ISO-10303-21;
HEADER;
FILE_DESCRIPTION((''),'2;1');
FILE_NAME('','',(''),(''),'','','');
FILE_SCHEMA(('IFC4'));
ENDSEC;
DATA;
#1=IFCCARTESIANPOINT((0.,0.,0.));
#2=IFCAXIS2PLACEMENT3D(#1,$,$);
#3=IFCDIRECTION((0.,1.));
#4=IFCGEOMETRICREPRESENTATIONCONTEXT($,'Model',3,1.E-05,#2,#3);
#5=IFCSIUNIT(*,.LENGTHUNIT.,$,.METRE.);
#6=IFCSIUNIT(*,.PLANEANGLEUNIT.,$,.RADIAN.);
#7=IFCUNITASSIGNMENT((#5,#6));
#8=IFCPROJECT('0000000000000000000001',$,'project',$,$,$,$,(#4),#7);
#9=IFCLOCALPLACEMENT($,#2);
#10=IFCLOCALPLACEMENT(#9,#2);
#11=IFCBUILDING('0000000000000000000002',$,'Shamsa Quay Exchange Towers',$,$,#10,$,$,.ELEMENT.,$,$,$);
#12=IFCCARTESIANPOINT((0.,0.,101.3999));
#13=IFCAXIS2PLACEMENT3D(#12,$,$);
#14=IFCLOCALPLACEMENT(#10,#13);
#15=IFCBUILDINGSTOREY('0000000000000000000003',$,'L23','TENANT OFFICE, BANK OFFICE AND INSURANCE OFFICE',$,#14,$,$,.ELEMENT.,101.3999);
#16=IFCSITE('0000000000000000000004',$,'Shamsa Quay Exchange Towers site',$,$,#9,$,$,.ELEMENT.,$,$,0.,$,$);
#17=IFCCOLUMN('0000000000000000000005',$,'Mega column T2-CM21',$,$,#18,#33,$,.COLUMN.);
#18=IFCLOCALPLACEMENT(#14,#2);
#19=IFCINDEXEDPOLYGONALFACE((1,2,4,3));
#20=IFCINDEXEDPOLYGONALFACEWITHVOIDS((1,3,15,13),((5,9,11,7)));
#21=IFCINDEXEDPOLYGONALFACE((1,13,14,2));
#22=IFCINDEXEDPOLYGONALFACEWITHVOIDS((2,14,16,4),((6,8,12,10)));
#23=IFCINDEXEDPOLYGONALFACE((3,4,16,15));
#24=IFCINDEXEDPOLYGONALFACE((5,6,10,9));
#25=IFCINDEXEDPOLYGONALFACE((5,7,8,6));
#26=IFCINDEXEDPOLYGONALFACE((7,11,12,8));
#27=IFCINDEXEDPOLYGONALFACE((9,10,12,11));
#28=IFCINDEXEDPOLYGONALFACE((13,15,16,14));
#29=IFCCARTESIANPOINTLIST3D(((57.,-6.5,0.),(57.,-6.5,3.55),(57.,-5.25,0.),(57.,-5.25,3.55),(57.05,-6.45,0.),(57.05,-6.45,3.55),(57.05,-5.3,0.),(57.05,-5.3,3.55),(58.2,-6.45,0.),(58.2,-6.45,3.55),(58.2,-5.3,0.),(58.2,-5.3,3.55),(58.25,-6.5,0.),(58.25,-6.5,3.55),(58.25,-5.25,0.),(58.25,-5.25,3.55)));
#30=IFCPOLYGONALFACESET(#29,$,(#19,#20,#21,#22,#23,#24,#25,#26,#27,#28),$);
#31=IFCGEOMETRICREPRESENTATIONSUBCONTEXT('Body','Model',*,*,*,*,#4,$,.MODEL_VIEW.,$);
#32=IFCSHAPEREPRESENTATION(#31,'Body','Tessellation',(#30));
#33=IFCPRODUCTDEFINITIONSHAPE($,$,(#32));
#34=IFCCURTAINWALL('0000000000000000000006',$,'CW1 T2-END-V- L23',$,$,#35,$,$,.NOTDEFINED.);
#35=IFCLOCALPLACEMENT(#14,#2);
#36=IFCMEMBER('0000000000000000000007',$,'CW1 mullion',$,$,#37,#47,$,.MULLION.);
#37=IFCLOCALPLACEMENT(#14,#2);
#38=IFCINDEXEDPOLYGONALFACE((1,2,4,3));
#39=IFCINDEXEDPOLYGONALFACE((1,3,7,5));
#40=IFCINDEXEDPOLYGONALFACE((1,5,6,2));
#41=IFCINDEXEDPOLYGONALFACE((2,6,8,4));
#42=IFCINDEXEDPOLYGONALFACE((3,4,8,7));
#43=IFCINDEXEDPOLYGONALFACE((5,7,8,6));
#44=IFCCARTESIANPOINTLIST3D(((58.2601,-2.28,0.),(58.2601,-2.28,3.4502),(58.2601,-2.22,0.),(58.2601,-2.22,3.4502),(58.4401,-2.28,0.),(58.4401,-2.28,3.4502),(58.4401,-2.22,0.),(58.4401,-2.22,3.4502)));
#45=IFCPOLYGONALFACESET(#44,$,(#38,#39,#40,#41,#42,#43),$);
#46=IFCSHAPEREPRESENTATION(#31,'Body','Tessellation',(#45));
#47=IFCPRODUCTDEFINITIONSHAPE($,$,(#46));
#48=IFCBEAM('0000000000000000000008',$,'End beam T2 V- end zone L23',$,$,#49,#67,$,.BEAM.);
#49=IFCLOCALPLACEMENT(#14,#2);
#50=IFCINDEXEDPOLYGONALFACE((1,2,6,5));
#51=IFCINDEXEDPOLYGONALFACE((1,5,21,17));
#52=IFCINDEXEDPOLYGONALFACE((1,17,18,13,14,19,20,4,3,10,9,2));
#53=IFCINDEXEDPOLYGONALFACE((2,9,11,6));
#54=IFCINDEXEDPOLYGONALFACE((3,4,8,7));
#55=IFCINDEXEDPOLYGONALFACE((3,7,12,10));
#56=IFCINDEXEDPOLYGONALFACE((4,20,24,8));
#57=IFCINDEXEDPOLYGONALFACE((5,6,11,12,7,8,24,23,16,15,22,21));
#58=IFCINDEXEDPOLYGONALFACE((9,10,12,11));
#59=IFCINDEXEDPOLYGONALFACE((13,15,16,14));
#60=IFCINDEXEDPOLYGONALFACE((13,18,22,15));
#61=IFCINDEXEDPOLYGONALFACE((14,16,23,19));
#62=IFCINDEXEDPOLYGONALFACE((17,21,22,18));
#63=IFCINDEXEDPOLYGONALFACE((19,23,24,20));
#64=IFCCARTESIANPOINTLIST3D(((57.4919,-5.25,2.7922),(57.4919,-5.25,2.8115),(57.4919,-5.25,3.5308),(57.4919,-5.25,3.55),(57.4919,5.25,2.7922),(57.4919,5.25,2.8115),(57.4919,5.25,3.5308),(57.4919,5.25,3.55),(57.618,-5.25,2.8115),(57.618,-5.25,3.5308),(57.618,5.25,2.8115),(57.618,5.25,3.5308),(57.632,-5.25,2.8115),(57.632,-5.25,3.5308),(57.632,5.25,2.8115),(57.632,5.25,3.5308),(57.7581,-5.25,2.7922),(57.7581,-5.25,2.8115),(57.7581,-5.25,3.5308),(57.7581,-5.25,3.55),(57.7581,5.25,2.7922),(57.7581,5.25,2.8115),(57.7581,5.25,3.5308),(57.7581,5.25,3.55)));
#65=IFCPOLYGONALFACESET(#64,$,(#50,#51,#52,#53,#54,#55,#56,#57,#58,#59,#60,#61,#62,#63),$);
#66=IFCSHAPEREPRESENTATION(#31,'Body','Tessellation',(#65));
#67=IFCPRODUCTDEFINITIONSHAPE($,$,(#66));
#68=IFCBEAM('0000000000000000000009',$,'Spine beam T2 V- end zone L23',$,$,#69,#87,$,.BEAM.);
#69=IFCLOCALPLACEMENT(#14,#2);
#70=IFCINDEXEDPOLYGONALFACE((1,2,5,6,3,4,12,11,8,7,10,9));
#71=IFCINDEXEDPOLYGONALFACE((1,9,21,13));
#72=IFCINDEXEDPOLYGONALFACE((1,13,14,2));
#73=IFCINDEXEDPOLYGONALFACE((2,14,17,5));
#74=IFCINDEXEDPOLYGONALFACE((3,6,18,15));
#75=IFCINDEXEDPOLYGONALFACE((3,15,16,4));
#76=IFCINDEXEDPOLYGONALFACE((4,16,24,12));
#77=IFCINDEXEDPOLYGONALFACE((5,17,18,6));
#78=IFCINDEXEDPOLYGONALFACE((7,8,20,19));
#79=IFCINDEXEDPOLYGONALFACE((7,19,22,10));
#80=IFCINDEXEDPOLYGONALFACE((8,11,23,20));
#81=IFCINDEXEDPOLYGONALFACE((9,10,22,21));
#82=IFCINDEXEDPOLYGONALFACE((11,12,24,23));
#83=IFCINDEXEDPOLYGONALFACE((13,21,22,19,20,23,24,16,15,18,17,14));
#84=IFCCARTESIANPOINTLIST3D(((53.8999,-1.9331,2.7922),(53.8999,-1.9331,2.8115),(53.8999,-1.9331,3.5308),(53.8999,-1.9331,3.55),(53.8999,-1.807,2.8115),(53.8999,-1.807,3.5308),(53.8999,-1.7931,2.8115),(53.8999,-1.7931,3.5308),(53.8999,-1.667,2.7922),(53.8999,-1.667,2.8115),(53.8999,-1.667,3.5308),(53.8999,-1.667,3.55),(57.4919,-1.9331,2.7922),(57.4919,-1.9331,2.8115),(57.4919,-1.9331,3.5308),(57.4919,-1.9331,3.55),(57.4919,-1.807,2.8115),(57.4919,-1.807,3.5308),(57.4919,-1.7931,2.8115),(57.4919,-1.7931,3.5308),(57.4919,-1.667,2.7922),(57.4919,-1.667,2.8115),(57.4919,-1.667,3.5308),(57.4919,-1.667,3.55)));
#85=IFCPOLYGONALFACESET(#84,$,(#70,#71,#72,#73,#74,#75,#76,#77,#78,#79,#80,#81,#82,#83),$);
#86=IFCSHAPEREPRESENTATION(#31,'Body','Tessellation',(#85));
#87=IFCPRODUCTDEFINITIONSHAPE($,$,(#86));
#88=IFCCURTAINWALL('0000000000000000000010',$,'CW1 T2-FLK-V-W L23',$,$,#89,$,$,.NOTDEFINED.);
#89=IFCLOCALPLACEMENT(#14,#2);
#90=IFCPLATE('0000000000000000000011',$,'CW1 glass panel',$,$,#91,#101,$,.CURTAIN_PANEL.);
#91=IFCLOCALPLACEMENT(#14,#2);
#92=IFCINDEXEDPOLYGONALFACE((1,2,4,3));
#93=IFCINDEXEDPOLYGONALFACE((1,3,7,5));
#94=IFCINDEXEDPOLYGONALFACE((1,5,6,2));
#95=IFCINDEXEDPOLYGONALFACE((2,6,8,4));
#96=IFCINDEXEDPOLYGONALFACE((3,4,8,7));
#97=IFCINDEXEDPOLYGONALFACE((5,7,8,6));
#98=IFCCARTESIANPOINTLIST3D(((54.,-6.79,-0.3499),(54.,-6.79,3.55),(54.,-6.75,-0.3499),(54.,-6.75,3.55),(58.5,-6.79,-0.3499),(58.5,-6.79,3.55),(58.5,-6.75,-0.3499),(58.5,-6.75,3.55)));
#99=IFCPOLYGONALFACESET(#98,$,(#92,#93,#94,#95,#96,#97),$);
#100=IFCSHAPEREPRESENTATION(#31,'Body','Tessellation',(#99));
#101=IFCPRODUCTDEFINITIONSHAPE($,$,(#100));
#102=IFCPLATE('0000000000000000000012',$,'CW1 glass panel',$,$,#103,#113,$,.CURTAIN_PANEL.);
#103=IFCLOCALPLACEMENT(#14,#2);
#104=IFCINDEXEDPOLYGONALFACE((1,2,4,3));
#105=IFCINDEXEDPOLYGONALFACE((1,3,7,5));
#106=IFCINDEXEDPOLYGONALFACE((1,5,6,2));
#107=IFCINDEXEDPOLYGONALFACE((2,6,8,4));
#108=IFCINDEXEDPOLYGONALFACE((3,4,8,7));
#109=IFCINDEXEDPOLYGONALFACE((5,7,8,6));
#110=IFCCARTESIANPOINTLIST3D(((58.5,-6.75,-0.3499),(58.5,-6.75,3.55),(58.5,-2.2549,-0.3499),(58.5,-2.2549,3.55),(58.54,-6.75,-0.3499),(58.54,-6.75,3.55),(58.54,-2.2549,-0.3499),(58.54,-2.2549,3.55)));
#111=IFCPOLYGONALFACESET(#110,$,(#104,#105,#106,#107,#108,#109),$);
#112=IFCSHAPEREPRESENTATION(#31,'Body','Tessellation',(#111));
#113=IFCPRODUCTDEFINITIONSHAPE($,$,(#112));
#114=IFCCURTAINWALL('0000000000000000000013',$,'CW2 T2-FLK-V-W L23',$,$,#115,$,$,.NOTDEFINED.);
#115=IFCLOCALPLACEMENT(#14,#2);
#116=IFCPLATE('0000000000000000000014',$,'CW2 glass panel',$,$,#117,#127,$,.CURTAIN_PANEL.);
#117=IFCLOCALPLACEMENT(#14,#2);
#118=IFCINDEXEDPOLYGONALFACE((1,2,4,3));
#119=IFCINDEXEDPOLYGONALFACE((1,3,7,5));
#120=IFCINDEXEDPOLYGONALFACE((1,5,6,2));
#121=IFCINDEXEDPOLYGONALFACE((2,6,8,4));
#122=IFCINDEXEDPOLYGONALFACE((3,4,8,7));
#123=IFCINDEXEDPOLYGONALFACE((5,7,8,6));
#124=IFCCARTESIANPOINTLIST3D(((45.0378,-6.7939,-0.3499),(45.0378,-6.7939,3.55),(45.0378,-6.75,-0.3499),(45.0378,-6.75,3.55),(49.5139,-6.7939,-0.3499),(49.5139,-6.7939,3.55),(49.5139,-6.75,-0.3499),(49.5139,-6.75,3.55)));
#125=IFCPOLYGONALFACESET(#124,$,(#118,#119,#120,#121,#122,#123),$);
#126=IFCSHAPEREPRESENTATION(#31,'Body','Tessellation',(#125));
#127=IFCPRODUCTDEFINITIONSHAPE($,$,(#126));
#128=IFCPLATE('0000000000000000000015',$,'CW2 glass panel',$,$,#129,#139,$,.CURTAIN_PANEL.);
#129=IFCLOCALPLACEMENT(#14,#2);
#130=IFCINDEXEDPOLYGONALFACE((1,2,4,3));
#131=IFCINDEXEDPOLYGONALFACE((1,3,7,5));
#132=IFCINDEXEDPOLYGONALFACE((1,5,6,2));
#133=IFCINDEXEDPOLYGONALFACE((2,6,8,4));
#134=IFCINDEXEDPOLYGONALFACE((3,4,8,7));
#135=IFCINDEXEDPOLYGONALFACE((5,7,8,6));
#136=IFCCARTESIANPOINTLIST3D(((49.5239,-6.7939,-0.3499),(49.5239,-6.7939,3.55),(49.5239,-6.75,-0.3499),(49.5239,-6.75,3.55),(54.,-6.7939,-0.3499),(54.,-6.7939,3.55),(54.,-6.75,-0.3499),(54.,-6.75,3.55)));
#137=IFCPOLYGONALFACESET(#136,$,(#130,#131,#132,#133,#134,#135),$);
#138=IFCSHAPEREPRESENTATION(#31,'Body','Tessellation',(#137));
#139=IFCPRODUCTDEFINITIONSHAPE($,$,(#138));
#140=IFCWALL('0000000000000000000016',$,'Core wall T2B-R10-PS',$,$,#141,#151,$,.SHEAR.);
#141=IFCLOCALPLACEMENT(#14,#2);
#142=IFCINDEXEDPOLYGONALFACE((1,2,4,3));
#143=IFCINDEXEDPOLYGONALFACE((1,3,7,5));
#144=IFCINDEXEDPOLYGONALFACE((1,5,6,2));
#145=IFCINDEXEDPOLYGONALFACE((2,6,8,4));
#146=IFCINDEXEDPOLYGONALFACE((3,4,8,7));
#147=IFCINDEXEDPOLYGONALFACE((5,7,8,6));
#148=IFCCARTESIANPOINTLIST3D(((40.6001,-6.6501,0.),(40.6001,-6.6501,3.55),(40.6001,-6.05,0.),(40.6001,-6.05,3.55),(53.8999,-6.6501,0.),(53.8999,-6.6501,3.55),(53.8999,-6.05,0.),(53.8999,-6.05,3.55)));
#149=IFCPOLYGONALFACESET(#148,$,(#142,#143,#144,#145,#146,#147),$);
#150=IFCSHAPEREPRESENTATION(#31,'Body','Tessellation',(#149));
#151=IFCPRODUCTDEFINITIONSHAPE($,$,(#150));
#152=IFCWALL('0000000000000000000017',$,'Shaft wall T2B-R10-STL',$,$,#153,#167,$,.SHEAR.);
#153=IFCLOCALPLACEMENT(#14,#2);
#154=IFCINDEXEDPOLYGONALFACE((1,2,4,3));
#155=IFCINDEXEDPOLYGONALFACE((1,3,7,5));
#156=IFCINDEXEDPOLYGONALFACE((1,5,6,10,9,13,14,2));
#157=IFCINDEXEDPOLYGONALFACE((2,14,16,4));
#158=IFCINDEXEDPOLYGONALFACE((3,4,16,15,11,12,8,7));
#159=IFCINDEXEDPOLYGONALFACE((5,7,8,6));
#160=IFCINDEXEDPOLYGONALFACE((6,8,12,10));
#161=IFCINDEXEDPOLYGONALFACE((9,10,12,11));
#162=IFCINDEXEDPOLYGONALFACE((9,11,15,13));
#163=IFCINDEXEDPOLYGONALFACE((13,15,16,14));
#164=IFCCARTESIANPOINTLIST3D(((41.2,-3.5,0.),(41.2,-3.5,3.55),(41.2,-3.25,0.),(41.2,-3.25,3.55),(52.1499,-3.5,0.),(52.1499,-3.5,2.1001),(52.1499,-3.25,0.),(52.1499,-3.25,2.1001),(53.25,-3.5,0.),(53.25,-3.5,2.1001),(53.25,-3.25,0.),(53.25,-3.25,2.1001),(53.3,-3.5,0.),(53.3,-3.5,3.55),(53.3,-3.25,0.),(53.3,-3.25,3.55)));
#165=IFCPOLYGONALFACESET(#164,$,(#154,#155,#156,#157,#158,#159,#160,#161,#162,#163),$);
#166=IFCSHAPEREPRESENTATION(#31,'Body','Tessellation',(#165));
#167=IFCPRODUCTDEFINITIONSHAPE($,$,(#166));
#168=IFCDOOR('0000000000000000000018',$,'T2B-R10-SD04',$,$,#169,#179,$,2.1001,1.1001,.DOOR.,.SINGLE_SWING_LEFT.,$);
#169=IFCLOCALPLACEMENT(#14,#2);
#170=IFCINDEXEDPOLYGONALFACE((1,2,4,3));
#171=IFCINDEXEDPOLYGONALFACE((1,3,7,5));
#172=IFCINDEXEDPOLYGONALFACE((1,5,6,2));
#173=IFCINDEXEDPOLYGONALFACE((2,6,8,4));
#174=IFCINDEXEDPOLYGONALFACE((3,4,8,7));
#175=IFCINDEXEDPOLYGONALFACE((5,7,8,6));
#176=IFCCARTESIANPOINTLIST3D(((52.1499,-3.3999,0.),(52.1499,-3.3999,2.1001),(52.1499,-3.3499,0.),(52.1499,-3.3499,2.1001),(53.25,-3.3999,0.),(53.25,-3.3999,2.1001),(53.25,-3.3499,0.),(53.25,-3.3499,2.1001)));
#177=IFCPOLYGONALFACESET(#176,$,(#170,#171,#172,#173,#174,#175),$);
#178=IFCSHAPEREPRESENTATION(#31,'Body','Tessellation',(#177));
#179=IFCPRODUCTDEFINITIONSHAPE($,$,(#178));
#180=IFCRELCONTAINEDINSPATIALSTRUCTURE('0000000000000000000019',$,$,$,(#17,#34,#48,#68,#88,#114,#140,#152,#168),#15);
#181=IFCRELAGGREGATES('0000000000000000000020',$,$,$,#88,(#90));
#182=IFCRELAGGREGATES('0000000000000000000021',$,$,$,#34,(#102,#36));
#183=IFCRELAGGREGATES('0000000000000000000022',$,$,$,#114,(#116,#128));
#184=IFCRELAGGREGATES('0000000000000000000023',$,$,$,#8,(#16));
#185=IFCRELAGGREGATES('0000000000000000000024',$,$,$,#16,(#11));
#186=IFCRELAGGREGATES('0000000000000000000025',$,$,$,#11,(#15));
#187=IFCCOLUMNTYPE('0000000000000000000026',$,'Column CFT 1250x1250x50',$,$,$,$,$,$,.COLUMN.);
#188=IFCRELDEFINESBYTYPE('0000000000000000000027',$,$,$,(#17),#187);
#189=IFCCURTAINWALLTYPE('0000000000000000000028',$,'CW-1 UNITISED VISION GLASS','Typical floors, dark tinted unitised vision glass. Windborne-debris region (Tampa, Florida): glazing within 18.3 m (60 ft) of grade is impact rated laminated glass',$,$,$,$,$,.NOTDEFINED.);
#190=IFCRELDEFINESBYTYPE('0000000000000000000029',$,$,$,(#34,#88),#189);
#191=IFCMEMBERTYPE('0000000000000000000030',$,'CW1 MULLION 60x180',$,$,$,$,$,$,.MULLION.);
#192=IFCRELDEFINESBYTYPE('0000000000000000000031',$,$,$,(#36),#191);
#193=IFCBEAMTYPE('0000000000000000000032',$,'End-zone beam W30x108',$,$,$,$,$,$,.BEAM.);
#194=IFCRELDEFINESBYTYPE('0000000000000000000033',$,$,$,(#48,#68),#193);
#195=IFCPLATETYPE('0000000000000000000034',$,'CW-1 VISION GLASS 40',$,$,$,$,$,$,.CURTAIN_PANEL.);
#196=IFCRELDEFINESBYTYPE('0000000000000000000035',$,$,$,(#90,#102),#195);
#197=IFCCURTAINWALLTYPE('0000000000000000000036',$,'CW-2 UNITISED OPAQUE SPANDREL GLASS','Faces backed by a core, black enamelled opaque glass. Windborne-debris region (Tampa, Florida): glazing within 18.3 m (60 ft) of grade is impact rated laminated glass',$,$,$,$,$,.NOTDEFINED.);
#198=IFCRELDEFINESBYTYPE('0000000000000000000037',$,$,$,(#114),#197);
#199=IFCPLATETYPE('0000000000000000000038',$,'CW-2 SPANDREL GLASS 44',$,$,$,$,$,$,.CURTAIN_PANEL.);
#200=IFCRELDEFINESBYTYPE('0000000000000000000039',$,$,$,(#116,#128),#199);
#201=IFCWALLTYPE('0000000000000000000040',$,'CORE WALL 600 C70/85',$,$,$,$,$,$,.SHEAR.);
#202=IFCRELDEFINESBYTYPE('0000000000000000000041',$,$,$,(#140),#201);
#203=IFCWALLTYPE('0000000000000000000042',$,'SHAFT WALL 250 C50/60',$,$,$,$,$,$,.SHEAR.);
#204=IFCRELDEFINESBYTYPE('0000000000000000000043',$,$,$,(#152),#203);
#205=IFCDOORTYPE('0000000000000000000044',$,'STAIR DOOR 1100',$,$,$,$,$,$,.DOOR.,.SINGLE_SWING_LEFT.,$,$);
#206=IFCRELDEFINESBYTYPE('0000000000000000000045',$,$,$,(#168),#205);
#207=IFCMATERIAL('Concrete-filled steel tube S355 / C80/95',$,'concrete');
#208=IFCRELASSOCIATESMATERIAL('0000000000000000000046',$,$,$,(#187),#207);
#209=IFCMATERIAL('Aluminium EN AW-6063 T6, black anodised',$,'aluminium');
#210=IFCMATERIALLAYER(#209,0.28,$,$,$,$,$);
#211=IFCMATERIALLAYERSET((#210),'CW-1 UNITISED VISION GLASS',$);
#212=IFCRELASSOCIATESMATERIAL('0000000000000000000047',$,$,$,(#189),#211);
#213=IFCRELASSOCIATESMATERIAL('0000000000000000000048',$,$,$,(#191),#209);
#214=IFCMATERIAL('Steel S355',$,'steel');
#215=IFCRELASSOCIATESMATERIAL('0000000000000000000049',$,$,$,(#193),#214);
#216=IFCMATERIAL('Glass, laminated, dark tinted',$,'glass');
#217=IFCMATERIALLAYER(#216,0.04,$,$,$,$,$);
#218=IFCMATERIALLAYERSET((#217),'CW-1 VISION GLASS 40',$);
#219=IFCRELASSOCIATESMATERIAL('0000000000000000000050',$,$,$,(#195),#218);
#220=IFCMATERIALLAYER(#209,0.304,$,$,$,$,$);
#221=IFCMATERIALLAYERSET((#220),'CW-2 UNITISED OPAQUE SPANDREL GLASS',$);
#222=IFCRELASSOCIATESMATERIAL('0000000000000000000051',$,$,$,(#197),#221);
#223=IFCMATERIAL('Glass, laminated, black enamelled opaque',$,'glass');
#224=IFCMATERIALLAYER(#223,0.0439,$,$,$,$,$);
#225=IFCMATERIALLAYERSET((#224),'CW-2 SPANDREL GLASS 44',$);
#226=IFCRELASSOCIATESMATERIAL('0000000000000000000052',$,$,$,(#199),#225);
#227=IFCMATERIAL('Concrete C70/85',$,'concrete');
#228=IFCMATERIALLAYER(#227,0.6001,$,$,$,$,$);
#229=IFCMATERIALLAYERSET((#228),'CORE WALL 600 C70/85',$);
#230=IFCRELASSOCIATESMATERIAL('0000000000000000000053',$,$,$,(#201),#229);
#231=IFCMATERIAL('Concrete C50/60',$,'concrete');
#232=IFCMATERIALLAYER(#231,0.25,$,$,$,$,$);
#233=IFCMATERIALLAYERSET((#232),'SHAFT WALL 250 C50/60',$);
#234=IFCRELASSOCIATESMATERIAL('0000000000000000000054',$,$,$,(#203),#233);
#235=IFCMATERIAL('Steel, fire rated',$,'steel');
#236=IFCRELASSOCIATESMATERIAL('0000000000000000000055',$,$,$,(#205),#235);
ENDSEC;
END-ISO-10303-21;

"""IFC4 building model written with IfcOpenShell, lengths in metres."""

from ifc_helpers import new_model, si_unit, direction, frame, frame_2d, origin, origin_2d, place, context, subcontext, project, spatial, rectangle, hollow_rectangle, i_section, extrude, material, layer, layer_set, material_profile, profile_set, type_object, element, fill, aggregate, save


model = new_model("IFC4")

# Units and contexts
model_context = context("Model", 3, precision=1e-05, world=origin(), true_north=direction((0.0, 1.0)))
body_context = subcontext(model_context, "Body", "Model", "MODEL_VIEW")
ifc_project = project(units=[si_unit("LENGTHUNIT", "METRE"), si_unit("PLANEANGLEUNIT", "RADIAN")], contexts=[model_context])

# Site, building, storey
site_placement = place(None, origin())
site = spatial("IfcSite", under=ifc_project, at=site_placement, Name="Shamsa Quay Exchange Towers site", CompositionType="ELEMENT", RefElevation=0.0)
building_placement = place(site_placement, origin())
building = spatial("IfcBuilding", under=site, at=building_placement, Name="Shamsa Quay Exchange Towers", CompositionType="ELEMENT")
storey_placement = place(building_placement, frame((0.0, 0.0, 101.3999)))
storey = spatial("IfcBuildingStorey", under=building, at=storey_placement, Name="L23", Description="TENANT OFFICE, BANK OFFICE AND INSURANCE OFFICE", CompositionType="ELEMENT", Elevation=101.3999)

# Column
ifc_material_1 = material(Name="Concrete-filled steel tube S355 / C80/95", Category="concrete")
ifc_material_profile_1 = material_profile(ifc_material_1, hollow_rectangle(XDim=1.25, YDim=1.25, WallThickness=0.05, at=origin_2d()), Name="CFT 1250x1250x50")
ifc_profile_set_1 = profile_set([ifc_material_profile_1], Name="Concrete-filled steel tube S355 / C80/95")
column_type = type_object("IfcColumnType", Name="Column CFT 1250x1250x50", PredefinedType="COLUMN", material=ifc_profile_set_1)
column_placement = place(storey_placement, frame((57.625, -5.875, 0.0)))
element("IfcColumn", 1, at=column_placement, inside=storey, type_object=column_type, Name="Mega column T2-CM21", PredefinedType="COLUMN", context=body_context, shape_type="SweptSolid", body=[
    extrude(hollow_rectangle(XDim=1.25, YDim=1.25, WallThickness=0.05, at=origin_2d()), origin(), (0.0, 0.0, 1.0), 3.55),
])

# Curtain wall, member
ifc_material_2 = material(Name="Aluminium EN AW-6063 T6, black anodised", Category="aluminium")
ifc_layer_1 = layer(ifc_material_2, 0.28)
ifc_layer_set_1 = layer_set([ifc_layer_1], Name="CW-1 UNITISED VISION GLASS")
curtain_wall_type_1 = type_object("IfcCurtainWallType", Name="CW-1 UNITISED VISION GLASS", Description="Typical floors, dark tinted unitised vision glass. Windborne-debris region (Tampa, Florida): glazing within 18.3 m (60 ft) of grade is impact rated laminated glass", PredefinedType="NOTDEFINED", material=ifc_layer_set_1)
curtain_wall_1_placement = place(storey_placement, origin())
curtain_wall_1 = element("IfcCurtainWall", 2, at=curtain_wall_1_placement, inside=storey, type_object=curtain_wall_type_1, Name="CW1 T2-END-V- L23", PredefinedType="NOTDEFINED")
ifc_material_profile_2 = material_profile(ifc_material_2, rectangle(XDim=0.1799, YDim=0.0601, at=origin_2d()), Name="MU60x180")
ifc_profile_set_2 = profile_set([ifc_material_profile_2], Name="Aluminium EN AW-6063 T6, black anodised")
member_type = type_object("IfcMemberType", Name="CW1 MULLION 60x180", PredefinedType="MULLION", material=ifc_profile_set_2)
member_placement = place(storey_placement, frame((58.3501, -2.25, 0.0), z_axis=(0.0, 0.0, 1.0), x_axis=(-1.0, 0.0, 0.0)))
member = element("IfcMember", 3, at=member_placement, type_object=member_type, Name="CW1 mullion", PredefinedType="MULLION", context=body_context, shape_type="SweptSolid", body=[
    extrude(rectangle(XDim=0.1799, YDim=0.0601, at=origin_2d()), origin(), (0.0, 0.0, 1.0), 3.4502),
])

# Beams
ifc_material_3 = material(Name="Steel S355", Category="steel")
ifc_material_profile_3 = material_profile(ifc_material_3, i_section(OverallWidth=0.2661, OverallDepth=0.7578, WebThickness=0.0139, FlangeThickness=0.0193, at=origin_2d()), Name="W30x108")
ifc_profile_set_3 = profile_set([ifc_material_profile_3], Name="Steel S355")
beam_type = type_object("IfcBeamType", Name="End-zone beam W30x108", PredefinedType="BEAM", material=ifc_profile_set_3)
beam_1_placement = place(storey_placement, frame((57.625, -5.25, 3.1711), z_axis=(0.0, 1.0, 0.0), x_axis=(-1.0, 0.0, 0.0)))
element("IfcBeam", 4, at=beam_1_placement, inside=storey, type_object=beam_type, Name="End beam T2 V- end zone L23", PredefinedType="BEAM", context=body_context, shape_type="SweptSolid", body=[
    extrude(i_section(OverallWidth=0.2661, OverallDepth=0.7578, WebThickness=0.0139, FlangeThickness=0.0193, at=origin_2d()), origin(), (0.0, 0.0, 1.0), 10.5),
])
beam_2_placement = place(storey_placement, frame((53.8999, -1.8, 3.1711), z_axis=(1.0, 0.0, 0.0), x_axis=(0.0, 1.0, 0.0)))
element("IfcBeam", 5, at=beam_2_placement, inside=storey, type_object=beam_type, Name="Spine beam T2 V- end zone L23", PredefinedType="BEAM", context=body_context, shape_type="SweptSolid", body=[
    extrude(i_section(OverallWidth=0.2661, OverallDepth=0.7578, WebThickness=0.0139, FlangeThickness=0.0193, at=origin_2d()), origin(), (0.0, 0.0, 1.0), 3.592),
])

# Curtain wall, plate
curtain_wall_2_placement = place(storey_placement, origin())
curtain_wall_2 = element("IfcCurtainWall", 6, at=curtain_wall_2_placement, inside=storey, type_object=curtain_wall_type_1, Name="CW1 T2-FLK-V-W L23", PredefinedType="NOTDEFINED")
ifc_material_4 = material(Name="Glass, laminated, dark tinted", Category="glass")
ifc_layer_2 = layer(ifc_material_4, 0.04)
ifc_layer_set_2 = layer_set([ifc_layer_2], Name="CW-1 VISION GLASS 40")
plate_type_1 = type_object("IfcPlateType", Name="CW-1 VISION GLASS 40", PredefinedType="CURTAIN_PANEL", material=ifc_layer_set_2)
plate_1_placement = place(storey_placement, frame((56.25, -6.77, -0.3499)))
plate_1 = element("IfcPlate", 7, at=plate_1_placement, type_object=plate_type_1, Name="CW1 glass panel", PredefinedType="CURTAIN_PANEL", context=body_context, shape_type="SweptSolid", body=[
    extrude(rectangle(XDim=4.5, YDim=0.04, at=origin_2d()), origin(), (0.0, 0.0, 1.0), 3.8999),
])
aggregate(curtain_wall_2, [plate_1])

# Plate
plate_2_placement = place(storey_placement, frame((58.52, -4.5024, -0.3499), z_axis=(0.0, 0.0, 1.0), x_axis=(0.0, 1.0, 0.0)))
plate_2 = element("IfcPlate", 8, at=plate_2_placement, type_object=plate_type_1, Name="CW1 glass panel", PredefinedType="CURTAIN_PANEL", context=body_context, shape_type="SweptSolid", body=[
    extrude(rectangle(XDim=4.4951, YDim=0.04, at=origin_2d()), origin(), (0.0, 0.0, 1.0), 3.8999),
])
aggregate(curtain_wall_1, [plate_2, member])

# Curtain wall, plates
ifc_layer_3 = layer(ifc_material_2, 0.304)
ifc_layer_set_3 = layer_set([ifc_layer_3], Name="CW-2 UNITISED OPAQUE SPANDREL GLASS")
curtain_wall_type_2 = type_object("IfcCurtainWallType", Name="CW-2 UNITISED OPAQUE SPANDREL GLASS", Description="Faces backed by a core, black enamelled opaque glass. Windborne-debris region (Tampa, Florida): glazing within 18.3 m (60 ft) of grade is impact rated laminated glass", PredefinedType="NOTDEFINED", material=ifc_layer_set_3)
curtain_wall_3_placement = place(storey_placement, origin())
curtain_wall_3 = element("IfcCurtainWall", 9, at=curtain_wall_3_placement, inside=storey, type_object=curtain_wall_type_2, Name="CW2 T2-FLK-V-W L23", PredefinedType="NOTDEFINED")
ifc_material_5 = material(Name="Glass, laminated, black enamelled opaque", Category="glass")
ifc_layer_4 = layer(ifc_material_5, 0.0439)
ifc_layer_set_4 = layer_set([ifc_layer_4], Name="CW-2 SPANDREL GLASS 44")
plate_type_2 = type_object("IfcPlateType", Name="CW-2 SPANDREL GLASS 44", PredefinedType="CURTAIN_PANEL", material=ifc_layer_set_4)
plate_3_placement = place(storey_placement, frame((47.2759, -6.772, -0.3499)))
plate_3 = element("IfcPlate", 10, at=plate_3_placement, type_object=plate_type_2, Name="CW2 glass panel", PredefinedType="CURTAIN_PANEL", context=body_context, shape_type="SweptSolid", body=[
    extrude(rectangle(XDim=4.4761, YDim=0.0439, at=origin_2d()), origin(), (0.0, 0.0, 1.0), 3.8999),
])
plate_4_placement = place(storey_placement, frame((51.762, -6.772, -0.3499)))
plate_4 = element("IfcPlate", 11, at=plate_4_placement, type_object=plate_type_2, Name="CW2 glass panel", PredefinedType="CURTAIN_PANEL", context=body_context, shape_type="SweptSolid", body=[
    extrude(rectangle(XDim=4.4761, YDim=0.0439, at=origin_2d()), origin(), (0.0, 0.0, 1.0), 3.8999),
])
aggregate(curtain_wall_3, [plate_3, plate_4])

# Wall
ifc_material_6 = material(Name="Concrete C70/85", Category="concrete")
ifc_layer_5 = layer(ifc_material_6, 0.6001)
ifc_layer_set_5 = layer_set([ifc_layer_5], Name="CORE WALL 600 C70/85")
wall_type_1 = type_object("IfcWallType", Name="CORE WALL 600 C70/85", PredefinedType="SHEAR", material=ifc_layer_set_5)
wall_1_placement = place(storey_placement, frame((53.8999, -6.3501, 0.0), z_axis=(0.0, 0.0, 1.0), x_axis=(-1.0, 0.0, 0.0)))
element("IfcWall", 12, at=wall_1_placement, inside=storey, type_object=wall_type_1, Name="Core wall T2B-R10-PS", PredefinedType="SHEAR", context=body_context, shape_type="SweptSolid", body=[
    extrude(rectangle(XDim=13.2998, YDim=0.6001, at=frame_2d((6.6499, 0.0))), origin(), (0.0, 0.0, 1.0), 3.55),
])

# Wall, opening, door
ifc_material_7 = material(Name="Steel, fire rated", Category="steel")
ifc_material_8 = material(Name="Concrete C50/60", Category="concrete")
ifc_layer_6 = layer(ifc_material_8, 0.25)
ifc_layer_set_6 = layer_set([ifc_layer_6], Name="SHAFT WALL 250 C50/60")
wall_type_2 = type_object("IfcWallType", Name="SHAFT WALL 250 C50/60", PredefinedType="SHEAR", material=ifc_layer_set_6)
wall_2_placement = place(storey_placement, frame((53.3, -3.375, 0.0), z_axis=(0.0, 0.0, 1.0), x_axis=(-1.0, 0.0, 0.0)))
wall_2 = element("IfcWall", 13, at=wall_2_placement, inside=storey, type_object=wall_type_2, Name="Shaft wall T2B-R10-STL", PredefinedType="SHEAR", context=body_context, shape_type="SweptSolid", body=[
    extrude(rectangle(XDim=12.1001, YDim=0.25, at=frame_2d((6.05, 0.0))), origin(), (0.0, 0.0, 1.0), 3.55),
])
opening_1_placement = place(wall_2_placement, frame((0.05, 0.0, 0.0)))
opening_1 = element("IfcOpeningElement", 14, at=opening_1_placement, cuts=wall_2, PredefinedType="OPENING", context=body_context, shape_type="SweptSolid", body=[
    extrude(rectangle(XDim=1.1001, YDim=2.1001, at=frame_2d((0.55, 1.05))), frame((0.0, 0.135, 0.0), z_axis=(0.0, -1.0, 0.0), x_axis=(1.0, 0.0, 0.0)), (0.0, 0.0, 1.0), 0.27),
])
door_type_1 = type_object("IfcDoorType", Name="STAIR DOOR 1100", OperationType="SINGLE_SWING_LEFT", PredefinedType="DOOR", material=ifc_material_7)
door_1_placement = place(opening_1_placement, origin())
door_1 = element("IfcDoor", 15, at=door_1_placement, inside=storey, type_object=door_type_1, Name="T2B-R10-SD04", OperationType="SINGLE_SWING_LEFT", OverallHeight=2.1001, OverallWidth=1.1001, PredefinedType="DOOR", context=body_context, shape_type="SweptSolid", body=[
    extrude(rectangle(XDim=1.1001, YDim=2.1001, at=frame_2d((0.55, 1.05))), frame((0.0, 0.0249, 0.0), z_axis=(0.0, -1.0, 0.0), x_axis=(1.0, 0.0, 0.0)), (0.0, 0.0, 1.0), 0.05),
])
fill(opening_1, door_1)

save(model, "model.ifc")
